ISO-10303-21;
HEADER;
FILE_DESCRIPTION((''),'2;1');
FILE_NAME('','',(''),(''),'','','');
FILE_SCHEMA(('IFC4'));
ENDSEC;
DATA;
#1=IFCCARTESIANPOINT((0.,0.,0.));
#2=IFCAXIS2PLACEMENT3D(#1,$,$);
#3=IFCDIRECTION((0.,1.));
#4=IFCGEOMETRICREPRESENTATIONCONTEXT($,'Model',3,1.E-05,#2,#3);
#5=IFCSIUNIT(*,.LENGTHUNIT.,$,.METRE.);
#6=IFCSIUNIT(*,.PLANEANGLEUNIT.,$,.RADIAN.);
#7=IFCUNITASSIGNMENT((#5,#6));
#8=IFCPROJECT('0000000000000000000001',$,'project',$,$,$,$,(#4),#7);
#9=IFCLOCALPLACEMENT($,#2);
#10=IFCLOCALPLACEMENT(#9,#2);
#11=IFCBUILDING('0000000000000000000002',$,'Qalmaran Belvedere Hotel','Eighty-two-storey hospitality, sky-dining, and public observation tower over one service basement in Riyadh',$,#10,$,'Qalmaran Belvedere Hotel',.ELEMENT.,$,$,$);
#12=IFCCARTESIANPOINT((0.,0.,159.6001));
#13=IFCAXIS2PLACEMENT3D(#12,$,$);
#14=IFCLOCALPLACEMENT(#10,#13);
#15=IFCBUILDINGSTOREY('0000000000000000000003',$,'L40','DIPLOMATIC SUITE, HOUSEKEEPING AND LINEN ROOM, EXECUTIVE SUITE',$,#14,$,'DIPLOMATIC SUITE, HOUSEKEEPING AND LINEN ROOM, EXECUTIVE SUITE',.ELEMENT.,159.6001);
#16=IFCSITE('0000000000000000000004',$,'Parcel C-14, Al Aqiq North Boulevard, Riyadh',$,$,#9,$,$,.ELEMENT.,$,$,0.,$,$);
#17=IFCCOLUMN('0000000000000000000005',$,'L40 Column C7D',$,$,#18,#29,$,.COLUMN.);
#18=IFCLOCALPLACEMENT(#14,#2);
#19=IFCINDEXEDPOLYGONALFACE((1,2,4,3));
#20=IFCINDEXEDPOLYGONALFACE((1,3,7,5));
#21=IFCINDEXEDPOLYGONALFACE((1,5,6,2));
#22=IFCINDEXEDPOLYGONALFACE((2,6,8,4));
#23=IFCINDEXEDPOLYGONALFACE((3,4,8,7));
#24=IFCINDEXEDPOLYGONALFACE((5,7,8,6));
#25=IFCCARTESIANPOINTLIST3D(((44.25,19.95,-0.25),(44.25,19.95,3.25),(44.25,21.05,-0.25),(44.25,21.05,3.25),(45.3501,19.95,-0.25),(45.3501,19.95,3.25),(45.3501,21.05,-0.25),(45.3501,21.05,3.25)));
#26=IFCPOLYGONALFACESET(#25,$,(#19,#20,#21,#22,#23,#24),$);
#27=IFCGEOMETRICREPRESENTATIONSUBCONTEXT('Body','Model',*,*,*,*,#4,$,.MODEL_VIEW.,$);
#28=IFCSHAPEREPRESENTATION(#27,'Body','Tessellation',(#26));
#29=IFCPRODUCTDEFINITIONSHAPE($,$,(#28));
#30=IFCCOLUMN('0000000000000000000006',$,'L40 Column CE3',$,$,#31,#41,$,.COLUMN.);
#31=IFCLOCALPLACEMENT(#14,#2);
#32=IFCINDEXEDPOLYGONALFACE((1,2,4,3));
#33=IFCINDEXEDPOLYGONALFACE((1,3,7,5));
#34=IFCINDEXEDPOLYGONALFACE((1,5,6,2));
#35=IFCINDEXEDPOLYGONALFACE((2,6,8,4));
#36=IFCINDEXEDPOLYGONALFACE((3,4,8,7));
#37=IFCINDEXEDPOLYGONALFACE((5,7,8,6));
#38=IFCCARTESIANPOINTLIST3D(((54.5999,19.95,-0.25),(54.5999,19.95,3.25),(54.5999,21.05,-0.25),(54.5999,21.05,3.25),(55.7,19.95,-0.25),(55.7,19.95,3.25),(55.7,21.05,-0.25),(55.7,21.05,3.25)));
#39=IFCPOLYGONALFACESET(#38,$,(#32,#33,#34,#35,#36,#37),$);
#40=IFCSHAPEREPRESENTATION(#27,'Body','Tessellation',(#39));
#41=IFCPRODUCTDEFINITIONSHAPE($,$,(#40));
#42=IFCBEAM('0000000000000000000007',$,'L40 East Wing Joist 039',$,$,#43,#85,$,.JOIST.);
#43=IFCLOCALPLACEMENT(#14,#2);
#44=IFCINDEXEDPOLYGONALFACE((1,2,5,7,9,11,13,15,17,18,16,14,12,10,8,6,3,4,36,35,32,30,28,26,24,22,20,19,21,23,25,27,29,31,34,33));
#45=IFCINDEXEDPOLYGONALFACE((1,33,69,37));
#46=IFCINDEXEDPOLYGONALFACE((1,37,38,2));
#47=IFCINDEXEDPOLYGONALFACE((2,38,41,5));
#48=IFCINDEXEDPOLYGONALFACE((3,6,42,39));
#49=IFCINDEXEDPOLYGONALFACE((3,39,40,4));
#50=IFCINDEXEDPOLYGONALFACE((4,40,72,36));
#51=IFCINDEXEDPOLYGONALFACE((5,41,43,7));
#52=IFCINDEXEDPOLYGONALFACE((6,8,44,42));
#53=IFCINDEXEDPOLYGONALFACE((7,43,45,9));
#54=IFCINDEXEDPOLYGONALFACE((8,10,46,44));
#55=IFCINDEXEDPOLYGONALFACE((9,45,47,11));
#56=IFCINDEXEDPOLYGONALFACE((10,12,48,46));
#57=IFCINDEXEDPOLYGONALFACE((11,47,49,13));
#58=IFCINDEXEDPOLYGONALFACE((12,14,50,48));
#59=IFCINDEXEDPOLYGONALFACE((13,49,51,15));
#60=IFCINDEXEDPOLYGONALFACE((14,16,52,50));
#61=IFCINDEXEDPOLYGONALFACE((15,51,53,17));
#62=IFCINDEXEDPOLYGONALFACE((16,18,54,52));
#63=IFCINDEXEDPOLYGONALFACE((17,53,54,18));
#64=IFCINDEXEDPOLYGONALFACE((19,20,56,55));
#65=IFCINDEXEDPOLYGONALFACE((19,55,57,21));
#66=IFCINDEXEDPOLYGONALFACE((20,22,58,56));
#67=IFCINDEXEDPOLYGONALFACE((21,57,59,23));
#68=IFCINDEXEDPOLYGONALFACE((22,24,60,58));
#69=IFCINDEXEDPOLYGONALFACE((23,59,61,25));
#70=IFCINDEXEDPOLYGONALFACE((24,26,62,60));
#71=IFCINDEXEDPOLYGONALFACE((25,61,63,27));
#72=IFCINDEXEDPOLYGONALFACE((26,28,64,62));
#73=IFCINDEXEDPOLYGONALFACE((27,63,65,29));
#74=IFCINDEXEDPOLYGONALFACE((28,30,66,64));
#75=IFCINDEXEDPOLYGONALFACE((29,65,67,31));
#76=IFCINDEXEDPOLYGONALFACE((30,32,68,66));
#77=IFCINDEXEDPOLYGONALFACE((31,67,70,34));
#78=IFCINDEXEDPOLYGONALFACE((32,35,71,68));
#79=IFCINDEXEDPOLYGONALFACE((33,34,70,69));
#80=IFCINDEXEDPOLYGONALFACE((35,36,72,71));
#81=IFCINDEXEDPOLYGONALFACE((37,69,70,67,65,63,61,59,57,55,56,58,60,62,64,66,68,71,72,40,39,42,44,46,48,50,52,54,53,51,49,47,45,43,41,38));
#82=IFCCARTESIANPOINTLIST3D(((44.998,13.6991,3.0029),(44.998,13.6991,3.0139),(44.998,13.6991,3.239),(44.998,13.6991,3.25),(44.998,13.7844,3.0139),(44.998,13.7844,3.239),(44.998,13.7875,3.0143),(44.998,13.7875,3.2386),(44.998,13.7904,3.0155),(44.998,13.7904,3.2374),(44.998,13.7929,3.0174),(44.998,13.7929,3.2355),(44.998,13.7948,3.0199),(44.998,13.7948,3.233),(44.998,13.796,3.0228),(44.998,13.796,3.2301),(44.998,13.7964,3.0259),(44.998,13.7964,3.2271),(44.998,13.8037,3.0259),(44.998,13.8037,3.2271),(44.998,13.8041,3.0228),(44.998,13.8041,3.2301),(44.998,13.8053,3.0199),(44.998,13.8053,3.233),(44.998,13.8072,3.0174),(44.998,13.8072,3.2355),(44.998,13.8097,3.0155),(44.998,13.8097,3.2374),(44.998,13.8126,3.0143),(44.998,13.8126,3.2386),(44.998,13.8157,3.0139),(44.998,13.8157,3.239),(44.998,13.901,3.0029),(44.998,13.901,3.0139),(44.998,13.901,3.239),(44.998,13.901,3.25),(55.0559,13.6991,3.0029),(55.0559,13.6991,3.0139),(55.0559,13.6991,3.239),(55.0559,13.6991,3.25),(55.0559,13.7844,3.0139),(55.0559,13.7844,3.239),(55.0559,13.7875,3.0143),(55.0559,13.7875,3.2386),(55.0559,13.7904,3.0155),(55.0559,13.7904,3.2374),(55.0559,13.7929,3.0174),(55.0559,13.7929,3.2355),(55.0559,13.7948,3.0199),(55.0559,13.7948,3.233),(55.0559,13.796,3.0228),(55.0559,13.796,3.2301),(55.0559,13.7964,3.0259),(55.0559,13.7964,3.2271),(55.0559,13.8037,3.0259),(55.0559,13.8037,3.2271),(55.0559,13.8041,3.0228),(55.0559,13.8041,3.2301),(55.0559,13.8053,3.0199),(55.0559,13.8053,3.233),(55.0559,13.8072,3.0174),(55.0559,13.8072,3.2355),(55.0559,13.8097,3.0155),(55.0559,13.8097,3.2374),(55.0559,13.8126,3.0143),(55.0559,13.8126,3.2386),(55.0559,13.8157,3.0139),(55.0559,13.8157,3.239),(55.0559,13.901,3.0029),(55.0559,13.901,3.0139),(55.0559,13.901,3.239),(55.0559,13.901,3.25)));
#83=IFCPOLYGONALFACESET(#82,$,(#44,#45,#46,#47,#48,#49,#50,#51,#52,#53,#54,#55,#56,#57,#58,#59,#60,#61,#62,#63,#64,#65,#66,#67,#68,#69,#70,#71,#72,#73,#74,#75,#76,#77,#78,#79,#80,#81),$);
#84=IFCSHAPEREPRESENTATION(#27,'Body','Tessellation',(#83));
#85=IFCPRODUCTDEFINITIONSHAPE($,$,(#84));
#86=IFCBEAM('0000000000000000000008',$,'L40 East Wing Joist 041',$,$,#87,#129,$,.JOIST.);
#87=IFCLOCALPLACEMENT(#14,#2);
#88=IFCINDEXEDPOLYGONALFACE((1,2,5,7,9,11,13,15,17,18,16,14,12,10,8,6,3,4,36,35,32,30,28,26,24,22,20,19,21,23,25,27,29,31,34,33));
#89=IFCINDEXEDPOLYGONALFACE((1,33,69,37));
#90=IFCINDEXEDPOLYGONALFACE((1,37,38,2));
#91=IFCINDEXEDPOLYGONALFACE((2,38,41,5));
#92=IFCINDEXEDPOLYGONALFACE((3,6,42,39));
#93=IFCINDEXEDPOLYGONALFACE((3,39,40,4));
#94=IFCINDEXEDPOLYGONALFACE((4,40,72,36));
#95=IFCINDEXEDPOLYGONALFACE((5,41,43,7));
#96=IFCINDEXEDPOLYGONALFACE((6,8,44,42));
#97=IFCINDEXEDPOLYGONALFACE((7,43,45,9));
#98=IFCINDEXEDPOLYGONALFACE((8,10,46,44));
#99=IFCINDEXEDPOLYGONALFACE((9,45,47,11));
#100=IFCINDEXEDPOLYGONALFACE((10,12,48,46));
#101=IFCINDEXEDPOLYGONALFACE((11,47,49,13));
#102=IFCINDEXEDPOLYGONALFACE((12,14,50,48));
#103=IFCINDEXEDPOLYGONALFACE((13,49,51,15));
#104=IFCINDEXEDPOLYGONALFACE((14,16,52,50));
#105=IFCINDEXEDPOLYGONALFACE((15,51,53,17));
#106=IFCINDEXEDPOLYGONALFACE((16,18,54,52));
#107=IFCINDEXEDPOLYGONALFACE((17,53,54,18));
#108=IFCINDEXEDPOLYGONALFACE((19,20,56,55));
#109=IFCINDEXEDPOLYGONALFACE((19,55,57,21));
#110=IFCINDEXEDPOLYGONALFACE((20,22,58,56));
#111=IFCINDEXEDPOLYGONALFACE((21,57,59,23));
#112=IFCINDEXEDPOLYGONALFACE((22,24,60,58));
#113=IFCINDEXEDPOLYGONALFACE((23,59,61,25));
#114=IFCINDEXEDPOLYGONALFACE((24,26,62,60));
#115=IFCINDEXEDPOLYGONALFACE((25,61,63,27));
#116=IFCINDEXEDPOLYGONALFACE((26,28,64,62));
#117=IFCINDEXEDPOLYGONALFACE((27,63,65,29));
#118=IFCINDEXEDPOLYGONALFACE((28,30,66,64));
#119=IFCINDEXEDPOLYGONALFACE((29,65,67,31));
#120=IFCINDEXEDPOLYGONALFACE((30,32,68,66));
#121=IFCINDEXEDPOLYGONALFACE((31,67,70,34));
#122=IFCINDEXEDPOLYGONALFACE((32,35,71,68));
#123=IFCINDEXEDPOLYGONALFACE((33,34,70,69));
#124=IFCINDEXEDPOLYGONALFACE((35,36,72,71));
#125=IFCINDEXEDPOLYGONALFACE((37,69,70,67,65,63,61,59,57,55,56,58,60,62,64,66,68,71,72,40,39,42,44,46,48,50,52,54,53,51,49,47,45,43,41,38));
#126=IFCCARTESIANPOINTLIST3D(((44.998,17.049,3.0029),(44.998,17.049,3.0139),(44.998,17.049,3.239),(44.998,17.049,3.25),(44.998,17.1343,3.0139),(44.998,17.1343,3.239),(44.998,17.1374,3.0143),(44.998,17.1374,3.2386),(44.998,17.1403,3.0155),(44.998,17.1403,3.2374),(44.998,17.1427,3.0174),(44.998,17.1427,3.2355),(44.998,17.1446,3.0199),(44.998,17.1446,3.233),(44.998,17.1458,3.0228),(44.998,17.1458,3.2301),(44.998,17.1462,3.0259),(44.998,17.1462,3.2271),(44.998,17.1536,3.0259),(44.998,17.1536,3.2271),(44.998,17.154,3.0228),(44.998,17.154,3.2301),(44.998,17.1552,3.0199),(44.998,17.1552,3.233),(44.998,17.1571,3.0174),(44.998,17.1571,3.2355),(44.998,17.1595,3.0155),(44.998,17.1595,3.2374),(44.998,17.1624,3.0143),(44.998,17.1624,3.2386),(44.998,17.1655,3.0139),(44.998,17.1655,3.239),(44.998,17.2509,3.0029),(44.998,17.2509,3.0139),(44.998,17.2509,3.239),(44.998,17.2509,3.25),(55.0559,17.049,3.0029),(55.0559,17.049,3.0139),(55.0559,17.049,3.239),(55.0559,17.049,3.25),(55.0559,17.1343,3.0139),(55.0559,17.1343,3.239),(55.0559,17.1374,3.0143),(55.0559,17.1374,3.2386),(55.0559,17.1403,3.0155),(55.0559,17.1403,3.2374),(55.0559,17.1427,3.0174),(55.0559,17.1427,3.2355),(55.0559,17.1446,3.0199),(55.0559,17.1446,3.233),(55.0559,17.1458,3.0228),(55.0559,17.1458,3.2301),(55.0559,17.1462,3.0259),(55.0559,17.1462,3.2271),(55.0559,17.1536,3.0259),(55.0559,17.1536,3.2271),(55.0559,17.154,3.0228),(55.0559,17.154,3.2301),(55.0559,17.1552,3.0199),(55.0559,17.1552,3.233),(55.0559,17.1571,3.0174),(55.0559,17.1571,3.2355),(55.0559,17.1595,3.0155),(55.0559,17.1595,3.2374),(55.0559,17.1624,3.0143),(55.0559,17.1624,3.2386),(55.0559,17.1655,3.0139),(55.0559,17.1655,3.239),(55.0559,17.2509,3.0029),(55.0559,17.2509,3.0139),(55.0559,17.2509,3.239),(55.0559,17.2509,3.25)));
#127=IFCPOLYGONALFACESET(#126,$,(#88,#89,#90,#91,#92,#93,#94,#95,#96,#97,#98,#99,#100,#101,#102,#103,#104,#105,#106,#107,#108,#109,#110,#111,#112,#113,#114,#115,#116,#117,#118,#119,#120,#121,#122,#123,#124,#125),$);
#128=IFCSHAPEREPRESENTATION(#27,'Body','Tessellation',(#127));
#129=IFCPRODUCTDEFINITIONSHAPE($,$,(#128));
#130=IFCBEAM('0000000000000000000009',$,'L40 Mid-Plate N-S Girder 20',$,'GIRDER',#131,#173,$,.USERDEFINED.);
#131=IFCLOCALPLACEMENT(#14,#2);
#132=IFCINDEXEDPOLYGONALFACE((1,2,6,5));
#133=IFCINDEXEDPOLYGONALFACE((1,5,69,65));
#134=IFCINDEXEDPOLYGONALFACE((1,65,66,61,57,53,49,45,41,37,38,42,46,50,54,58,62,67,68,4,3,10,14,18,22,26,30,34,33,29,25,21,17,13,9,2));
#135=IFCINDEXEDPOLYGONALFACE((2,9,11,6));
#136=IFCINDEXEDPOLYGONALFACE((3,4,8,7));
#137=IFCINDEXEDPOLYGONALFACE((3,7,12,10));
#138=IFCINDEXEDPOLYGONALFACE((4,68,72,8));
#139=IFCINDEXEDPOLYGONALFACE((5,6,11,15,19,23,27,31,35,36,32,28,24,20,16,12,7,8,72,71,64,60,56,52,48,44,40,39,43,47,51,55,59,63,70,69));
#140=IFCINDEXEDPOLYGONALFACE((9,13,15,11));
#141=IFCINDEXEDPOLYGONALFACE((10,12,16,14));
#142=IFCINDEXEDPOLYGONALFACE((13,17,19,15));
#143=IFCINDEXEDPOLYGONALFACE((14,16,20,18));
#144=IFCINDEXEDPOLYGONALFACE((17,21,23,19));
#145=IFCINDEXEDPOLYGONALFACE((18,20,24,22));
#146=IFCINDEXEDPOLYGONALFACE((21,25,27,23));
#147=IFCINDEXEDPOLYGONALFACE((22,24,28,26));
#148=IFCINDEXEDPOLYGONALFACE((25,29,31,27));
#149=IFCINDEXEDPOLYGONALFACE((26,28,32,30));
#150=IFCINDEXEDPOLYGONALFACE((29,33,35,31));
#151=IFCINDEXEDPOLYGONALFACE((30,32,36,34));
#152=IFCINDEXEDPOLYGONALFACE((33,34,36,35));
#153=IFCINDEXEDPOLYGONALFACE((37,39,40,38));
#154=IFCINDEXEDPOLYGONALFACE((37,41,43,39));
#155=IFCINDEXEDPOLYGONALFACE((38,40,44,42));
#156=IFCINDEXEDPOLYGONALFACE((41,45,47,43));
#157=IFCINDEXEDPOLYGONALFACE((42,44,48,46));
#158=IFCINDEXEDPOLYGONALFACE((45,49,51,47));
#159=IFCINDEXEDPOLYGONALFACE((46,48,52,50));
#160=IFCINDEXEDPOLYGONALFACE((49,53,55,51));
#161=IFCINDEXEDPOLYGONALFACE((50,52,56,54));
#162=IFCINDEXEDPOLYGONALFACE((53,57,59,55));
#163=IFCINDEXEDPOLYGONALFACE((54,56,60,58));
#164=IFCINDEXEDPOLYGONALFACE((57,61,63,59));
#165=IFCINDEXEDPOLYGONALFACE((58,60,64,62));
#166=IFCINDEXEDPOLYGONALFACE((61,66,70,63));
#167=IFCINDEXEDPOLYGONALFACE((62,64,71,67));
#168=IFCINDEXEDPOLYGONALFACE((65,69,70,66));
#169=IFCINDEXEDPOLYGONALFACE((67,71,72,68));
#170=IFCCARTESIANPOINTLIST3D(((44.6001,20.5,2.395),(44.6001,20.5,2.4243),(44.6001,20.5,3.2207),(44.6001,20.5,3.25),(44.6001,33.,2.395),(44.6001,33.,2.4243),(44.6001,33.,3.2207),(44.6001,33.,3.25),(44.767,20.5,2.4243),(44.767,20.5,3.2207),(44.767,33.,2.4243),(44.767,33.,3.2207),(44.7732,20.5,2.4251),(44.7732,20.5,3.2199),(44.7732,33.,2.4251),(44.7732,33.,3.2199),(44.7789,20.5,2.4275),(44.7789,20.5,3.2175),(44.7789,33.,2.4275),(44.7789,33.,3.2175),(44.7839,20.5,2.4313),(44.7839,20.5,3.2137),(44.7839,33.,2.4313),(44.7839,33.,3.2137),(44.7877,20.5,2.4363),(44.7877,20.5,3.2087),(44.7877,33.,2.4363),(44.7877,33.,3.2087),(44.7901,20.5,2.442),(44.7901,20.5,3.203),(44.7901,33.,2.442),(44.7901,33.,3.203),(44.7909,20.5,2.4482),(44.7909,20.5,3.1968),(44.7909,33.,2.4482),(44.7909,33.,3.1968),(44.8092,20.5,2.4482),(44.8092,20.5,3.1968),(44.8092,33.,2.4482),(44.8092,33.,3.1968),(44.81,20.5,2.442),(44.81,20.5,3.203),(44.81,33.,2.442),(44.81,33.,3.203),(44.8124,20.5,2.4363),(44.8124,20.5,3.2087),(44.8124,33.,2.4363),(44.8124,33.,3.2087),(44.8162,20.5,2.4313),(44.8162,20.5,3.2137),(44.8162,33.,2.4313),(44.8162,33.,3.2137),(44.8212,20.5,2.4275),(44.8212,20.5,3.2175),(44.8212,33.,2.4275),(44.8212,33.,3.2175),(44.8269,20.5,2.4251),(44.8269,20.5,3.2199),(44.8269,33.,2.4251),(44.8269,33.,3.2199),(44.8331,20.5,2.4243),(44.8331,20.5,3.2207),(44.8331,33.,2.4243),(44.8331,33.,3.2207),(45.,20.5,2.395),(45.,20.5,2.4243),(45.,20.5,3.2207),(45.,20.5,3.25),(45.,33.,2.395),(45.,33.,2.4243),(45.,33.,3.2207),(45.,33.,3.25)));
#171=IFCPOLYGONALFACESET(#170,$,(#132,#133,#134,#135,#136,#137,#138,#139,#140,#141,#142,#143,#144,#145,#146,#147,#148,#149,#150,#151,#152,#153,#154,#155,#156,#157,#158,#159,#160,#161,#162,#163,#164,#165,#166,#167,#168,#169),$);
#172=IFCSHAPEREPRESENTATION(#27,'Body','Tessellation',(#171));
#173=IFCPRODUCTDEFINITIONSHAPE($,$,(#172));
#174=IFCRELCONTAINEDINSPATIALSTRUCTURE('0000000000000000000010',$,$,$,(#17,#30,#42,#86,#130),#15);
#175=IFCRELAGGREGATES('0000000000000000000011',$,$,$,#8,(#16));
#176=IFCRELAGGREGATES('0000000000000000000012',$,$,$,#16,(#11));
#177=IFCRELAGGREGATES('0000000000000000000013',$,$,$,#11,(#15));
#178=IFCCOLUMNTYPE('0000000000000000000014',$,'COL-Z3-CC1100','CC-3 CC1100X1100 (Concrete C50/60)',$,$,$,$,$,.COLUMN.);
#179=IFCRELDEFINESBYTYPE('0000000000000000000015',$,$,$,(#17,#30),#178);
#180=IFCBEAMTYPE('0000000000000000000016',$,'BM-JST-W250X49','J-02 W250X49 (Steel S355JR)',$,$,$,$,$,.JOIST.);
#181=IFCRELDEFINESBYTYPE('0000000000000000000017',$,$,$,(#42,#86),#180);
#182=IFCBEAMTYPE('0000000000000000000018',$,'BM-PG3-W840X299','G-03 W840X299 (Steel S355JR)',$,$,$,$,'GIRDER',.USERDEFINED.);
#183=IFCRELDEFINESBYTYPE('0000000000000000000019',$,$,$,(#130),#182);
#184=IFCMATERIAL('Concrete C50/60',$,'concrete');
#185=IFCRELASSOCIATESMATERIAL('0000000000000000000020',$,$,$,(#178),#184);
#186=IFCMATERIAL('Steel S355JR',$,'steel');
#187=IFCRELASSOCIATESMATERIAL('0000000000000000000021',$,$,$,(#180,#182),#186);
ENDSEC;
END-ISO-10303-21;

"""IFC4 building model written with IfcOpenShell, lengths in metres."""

from ifc_helpers import new_model, si_unit, direction, frame, origin, origin_2d, place, context, subcontext, project, spatial, rectangle, i_section, extrude, material, material_profile, profile_set, type_object, element, save


model = new_model("IFC4")

# Units and contexts
model_context = context("Model", 3, precision=1e-05, world=origin(), true_north=direction((0.0, 1.0)))
body_context = subcontext(model_context, "Body", "Model", "MODEL_VIEW")
ifc_project = project(units=[si_unit("LENGTHUNIT", "METRE"), si_unit("PLANEANGLEUNIT", "RADIAN")], contexts=[model_context])

# Site, building, storey
site_placement = place(None, origin())
site = spatial("IfcSite", under=ifc_project, at=site_placement, Name="Parcel C-14, Al Aqiq North Boulevard, Riyadh", CompositionType="ELEMENT", RefElevation=0.0)
building_placement = place(site_placement, origin())
building = spatial("IfcBuilding", under=site, at=building_placement, Name="Qalmaran Belvedere Hotel", Description="Eighty-two-storey hospitality, sky-dining, and public observation tower over one service basement in Riyadh", LongName="Qalmaran Belvedere Hotel", CompositionType="ELEMENT")
storey_placement = place(building_placement, frame((0.0, 0.0, 159.6001)))
storey = spatial("IfcBuildingStorey", under=building, at=storey_placement, Name="L40", Description="DIPLOMATIC SUITE, HOUSEKEEPING AND LINEN ROOM, EXECUTIVE SUITE", LongName="DIPLOMATIC SUITE, HOUSEKEEPING AND LINEN ROOM, EXECUTIVE SUITE", CompositionType="ELEMENT", Elevation=159.6001)

# Columns
ifc_material_1 = material(Name="Concrete C50/60", Category="concrete")
ifc_material_profile_1 = material_profile(ifc_material_1, rectangle(XDim=1.1001, YDim=1.1001, at=origin_2d()), Name="CC1100X1100")
ifc_profile_set_1 = profile_set([ifc_material_profile_1], Name="Concrete C50/60")
column_type = type_object("IfcColumnType", Name="COL-Z3-CC1100", Description="CC-3 CC1100X1100 (Concrete C50/60)", PredefinedType="COLUMN", material=ifc_profile_set_1)
for number, where, z_axis, x_axis, name in (
    (1, (44.8, 20.5, -0.25), (0.0, 0.0, 1.0), (1.0, 0.0, 0.0), "L40 Column C7D"),
    (2, (55.1499, 20.5, -0.25), (0.0, 0.0, 1.0), (1.0, 0.0, 0.0), "L40 Column CE3"),
):
    element("IfcColumn", number, at=place(storey_placement, frame(where, z_axis=z_axis, x_axis=x_axis)), inside=storey, type_object=column_type, Name=name, PredefinedType="COLUMN", context=body_context, shape_type="SweptSolid", body=[
        extrude(rectangle(XDim=1.1001, YDim=1.1001, at=origin_2d()), origin(), (0.0, 0.0, 1.0), 3.5),
    ])

# Beams
ifc_material_2 = material(Name="Steel S355JR", Category="steel")
ifc_material_profile_2 = material_profile(ifc_material_2, i_section(OverallWidth=0.2019, OverallDepth=0.2471, WebThickness=0.0073, FlangeThickness=0.011, FilletRadius=0.012, at=origin_2d()), Name="W250X49")
ifc_profile_set_2 = profile_set([ifc_material_profile_2], Name="Steel S355JR")
beam_type_1 = type_object("IfcBeamType", Name="BM-JST-W250X49", Description="J-02 W250X49 (Steel S355JR)", PredefinedType="JOIST", material=ifc_profile_set_2)
for number, where, z_axis, x_axis, name in (
    (3, (44.998, 13.8, 3.1265), (1.0, 0.0, 0.0), (0.0, 1.0, 0.0), "L40 East Wing Joist 039"),
    (4, (44.998, 17.1499, 3.1265), (1.0, 0.0, 0.0), (0.0, 1.0, 0.0), "L40 East Wing Joist 041"),
):
    element("IfcBeam", number, at=place(storey_placement, frame(where, z_axis=z_axis, x_axis=x_axis)), inside=storey, type_object=beam_type_1, Name=name, PredefinedType="JOIST", context=body_context, shape_type="SweptSolid", body=[
        extrude(i_section(OverallWidth=0.2019, OverallDepth=0.2471, WebThickness=0.0073, FlangeThickness=0.011, FilletRadius=0.012, at=origin_2d()), origin(), (0.0, 0.0, 1.0), 10.0579),
    ])
ifc_material_profile_3 = material_profile(ifc_material_2, i_section(OverallWidth=0.3999, OverallDepth=0.855, WebThickness=0.0183, FlangeThickness=0.0293, FilletRadius=0.0239, at=origin_2d()), Name="W840X299")
ifc_profile_set_3 = profile_set([ifc_material_profile_3], Name="Steel S355JR")
beam_type_2 = type_object("IfcBeamType", Name="BM-PG3-W840X299", Description="G-03 W840X299 (Steel S355JR)", ElementType="GIRDER", PredefinedType="USERDEFINED", material=ifc_profile_set_3)
beam_1_placement = place(storey_placement, frame((44.8, 20.5, 2.8225), z_axis=(0.0, 1.0, 0.0), x_axis=(-1.0, 0.0, 0.0)))
element("IfcBeam", 5, at=beam_1_placement, inside=storey, type_object=beam_type_2, Name="L40 Mid-Plate N-S Girder 20", ObjectType="GIRDER", PredefinedType="USERDEFINED", context=body_context, shape_type="SweptSolid", body=[
    extrude(i_section(OverallWidth=0.3999, OverallDepth=0.855, WebThickness=0.0183, FlangeThickness=0.0293, FilletRadius=0.0239, at=origin_2d()), origin(), (0.0, 0.0, 1.0), 12.5),
])

save(model, "model.ifc")
